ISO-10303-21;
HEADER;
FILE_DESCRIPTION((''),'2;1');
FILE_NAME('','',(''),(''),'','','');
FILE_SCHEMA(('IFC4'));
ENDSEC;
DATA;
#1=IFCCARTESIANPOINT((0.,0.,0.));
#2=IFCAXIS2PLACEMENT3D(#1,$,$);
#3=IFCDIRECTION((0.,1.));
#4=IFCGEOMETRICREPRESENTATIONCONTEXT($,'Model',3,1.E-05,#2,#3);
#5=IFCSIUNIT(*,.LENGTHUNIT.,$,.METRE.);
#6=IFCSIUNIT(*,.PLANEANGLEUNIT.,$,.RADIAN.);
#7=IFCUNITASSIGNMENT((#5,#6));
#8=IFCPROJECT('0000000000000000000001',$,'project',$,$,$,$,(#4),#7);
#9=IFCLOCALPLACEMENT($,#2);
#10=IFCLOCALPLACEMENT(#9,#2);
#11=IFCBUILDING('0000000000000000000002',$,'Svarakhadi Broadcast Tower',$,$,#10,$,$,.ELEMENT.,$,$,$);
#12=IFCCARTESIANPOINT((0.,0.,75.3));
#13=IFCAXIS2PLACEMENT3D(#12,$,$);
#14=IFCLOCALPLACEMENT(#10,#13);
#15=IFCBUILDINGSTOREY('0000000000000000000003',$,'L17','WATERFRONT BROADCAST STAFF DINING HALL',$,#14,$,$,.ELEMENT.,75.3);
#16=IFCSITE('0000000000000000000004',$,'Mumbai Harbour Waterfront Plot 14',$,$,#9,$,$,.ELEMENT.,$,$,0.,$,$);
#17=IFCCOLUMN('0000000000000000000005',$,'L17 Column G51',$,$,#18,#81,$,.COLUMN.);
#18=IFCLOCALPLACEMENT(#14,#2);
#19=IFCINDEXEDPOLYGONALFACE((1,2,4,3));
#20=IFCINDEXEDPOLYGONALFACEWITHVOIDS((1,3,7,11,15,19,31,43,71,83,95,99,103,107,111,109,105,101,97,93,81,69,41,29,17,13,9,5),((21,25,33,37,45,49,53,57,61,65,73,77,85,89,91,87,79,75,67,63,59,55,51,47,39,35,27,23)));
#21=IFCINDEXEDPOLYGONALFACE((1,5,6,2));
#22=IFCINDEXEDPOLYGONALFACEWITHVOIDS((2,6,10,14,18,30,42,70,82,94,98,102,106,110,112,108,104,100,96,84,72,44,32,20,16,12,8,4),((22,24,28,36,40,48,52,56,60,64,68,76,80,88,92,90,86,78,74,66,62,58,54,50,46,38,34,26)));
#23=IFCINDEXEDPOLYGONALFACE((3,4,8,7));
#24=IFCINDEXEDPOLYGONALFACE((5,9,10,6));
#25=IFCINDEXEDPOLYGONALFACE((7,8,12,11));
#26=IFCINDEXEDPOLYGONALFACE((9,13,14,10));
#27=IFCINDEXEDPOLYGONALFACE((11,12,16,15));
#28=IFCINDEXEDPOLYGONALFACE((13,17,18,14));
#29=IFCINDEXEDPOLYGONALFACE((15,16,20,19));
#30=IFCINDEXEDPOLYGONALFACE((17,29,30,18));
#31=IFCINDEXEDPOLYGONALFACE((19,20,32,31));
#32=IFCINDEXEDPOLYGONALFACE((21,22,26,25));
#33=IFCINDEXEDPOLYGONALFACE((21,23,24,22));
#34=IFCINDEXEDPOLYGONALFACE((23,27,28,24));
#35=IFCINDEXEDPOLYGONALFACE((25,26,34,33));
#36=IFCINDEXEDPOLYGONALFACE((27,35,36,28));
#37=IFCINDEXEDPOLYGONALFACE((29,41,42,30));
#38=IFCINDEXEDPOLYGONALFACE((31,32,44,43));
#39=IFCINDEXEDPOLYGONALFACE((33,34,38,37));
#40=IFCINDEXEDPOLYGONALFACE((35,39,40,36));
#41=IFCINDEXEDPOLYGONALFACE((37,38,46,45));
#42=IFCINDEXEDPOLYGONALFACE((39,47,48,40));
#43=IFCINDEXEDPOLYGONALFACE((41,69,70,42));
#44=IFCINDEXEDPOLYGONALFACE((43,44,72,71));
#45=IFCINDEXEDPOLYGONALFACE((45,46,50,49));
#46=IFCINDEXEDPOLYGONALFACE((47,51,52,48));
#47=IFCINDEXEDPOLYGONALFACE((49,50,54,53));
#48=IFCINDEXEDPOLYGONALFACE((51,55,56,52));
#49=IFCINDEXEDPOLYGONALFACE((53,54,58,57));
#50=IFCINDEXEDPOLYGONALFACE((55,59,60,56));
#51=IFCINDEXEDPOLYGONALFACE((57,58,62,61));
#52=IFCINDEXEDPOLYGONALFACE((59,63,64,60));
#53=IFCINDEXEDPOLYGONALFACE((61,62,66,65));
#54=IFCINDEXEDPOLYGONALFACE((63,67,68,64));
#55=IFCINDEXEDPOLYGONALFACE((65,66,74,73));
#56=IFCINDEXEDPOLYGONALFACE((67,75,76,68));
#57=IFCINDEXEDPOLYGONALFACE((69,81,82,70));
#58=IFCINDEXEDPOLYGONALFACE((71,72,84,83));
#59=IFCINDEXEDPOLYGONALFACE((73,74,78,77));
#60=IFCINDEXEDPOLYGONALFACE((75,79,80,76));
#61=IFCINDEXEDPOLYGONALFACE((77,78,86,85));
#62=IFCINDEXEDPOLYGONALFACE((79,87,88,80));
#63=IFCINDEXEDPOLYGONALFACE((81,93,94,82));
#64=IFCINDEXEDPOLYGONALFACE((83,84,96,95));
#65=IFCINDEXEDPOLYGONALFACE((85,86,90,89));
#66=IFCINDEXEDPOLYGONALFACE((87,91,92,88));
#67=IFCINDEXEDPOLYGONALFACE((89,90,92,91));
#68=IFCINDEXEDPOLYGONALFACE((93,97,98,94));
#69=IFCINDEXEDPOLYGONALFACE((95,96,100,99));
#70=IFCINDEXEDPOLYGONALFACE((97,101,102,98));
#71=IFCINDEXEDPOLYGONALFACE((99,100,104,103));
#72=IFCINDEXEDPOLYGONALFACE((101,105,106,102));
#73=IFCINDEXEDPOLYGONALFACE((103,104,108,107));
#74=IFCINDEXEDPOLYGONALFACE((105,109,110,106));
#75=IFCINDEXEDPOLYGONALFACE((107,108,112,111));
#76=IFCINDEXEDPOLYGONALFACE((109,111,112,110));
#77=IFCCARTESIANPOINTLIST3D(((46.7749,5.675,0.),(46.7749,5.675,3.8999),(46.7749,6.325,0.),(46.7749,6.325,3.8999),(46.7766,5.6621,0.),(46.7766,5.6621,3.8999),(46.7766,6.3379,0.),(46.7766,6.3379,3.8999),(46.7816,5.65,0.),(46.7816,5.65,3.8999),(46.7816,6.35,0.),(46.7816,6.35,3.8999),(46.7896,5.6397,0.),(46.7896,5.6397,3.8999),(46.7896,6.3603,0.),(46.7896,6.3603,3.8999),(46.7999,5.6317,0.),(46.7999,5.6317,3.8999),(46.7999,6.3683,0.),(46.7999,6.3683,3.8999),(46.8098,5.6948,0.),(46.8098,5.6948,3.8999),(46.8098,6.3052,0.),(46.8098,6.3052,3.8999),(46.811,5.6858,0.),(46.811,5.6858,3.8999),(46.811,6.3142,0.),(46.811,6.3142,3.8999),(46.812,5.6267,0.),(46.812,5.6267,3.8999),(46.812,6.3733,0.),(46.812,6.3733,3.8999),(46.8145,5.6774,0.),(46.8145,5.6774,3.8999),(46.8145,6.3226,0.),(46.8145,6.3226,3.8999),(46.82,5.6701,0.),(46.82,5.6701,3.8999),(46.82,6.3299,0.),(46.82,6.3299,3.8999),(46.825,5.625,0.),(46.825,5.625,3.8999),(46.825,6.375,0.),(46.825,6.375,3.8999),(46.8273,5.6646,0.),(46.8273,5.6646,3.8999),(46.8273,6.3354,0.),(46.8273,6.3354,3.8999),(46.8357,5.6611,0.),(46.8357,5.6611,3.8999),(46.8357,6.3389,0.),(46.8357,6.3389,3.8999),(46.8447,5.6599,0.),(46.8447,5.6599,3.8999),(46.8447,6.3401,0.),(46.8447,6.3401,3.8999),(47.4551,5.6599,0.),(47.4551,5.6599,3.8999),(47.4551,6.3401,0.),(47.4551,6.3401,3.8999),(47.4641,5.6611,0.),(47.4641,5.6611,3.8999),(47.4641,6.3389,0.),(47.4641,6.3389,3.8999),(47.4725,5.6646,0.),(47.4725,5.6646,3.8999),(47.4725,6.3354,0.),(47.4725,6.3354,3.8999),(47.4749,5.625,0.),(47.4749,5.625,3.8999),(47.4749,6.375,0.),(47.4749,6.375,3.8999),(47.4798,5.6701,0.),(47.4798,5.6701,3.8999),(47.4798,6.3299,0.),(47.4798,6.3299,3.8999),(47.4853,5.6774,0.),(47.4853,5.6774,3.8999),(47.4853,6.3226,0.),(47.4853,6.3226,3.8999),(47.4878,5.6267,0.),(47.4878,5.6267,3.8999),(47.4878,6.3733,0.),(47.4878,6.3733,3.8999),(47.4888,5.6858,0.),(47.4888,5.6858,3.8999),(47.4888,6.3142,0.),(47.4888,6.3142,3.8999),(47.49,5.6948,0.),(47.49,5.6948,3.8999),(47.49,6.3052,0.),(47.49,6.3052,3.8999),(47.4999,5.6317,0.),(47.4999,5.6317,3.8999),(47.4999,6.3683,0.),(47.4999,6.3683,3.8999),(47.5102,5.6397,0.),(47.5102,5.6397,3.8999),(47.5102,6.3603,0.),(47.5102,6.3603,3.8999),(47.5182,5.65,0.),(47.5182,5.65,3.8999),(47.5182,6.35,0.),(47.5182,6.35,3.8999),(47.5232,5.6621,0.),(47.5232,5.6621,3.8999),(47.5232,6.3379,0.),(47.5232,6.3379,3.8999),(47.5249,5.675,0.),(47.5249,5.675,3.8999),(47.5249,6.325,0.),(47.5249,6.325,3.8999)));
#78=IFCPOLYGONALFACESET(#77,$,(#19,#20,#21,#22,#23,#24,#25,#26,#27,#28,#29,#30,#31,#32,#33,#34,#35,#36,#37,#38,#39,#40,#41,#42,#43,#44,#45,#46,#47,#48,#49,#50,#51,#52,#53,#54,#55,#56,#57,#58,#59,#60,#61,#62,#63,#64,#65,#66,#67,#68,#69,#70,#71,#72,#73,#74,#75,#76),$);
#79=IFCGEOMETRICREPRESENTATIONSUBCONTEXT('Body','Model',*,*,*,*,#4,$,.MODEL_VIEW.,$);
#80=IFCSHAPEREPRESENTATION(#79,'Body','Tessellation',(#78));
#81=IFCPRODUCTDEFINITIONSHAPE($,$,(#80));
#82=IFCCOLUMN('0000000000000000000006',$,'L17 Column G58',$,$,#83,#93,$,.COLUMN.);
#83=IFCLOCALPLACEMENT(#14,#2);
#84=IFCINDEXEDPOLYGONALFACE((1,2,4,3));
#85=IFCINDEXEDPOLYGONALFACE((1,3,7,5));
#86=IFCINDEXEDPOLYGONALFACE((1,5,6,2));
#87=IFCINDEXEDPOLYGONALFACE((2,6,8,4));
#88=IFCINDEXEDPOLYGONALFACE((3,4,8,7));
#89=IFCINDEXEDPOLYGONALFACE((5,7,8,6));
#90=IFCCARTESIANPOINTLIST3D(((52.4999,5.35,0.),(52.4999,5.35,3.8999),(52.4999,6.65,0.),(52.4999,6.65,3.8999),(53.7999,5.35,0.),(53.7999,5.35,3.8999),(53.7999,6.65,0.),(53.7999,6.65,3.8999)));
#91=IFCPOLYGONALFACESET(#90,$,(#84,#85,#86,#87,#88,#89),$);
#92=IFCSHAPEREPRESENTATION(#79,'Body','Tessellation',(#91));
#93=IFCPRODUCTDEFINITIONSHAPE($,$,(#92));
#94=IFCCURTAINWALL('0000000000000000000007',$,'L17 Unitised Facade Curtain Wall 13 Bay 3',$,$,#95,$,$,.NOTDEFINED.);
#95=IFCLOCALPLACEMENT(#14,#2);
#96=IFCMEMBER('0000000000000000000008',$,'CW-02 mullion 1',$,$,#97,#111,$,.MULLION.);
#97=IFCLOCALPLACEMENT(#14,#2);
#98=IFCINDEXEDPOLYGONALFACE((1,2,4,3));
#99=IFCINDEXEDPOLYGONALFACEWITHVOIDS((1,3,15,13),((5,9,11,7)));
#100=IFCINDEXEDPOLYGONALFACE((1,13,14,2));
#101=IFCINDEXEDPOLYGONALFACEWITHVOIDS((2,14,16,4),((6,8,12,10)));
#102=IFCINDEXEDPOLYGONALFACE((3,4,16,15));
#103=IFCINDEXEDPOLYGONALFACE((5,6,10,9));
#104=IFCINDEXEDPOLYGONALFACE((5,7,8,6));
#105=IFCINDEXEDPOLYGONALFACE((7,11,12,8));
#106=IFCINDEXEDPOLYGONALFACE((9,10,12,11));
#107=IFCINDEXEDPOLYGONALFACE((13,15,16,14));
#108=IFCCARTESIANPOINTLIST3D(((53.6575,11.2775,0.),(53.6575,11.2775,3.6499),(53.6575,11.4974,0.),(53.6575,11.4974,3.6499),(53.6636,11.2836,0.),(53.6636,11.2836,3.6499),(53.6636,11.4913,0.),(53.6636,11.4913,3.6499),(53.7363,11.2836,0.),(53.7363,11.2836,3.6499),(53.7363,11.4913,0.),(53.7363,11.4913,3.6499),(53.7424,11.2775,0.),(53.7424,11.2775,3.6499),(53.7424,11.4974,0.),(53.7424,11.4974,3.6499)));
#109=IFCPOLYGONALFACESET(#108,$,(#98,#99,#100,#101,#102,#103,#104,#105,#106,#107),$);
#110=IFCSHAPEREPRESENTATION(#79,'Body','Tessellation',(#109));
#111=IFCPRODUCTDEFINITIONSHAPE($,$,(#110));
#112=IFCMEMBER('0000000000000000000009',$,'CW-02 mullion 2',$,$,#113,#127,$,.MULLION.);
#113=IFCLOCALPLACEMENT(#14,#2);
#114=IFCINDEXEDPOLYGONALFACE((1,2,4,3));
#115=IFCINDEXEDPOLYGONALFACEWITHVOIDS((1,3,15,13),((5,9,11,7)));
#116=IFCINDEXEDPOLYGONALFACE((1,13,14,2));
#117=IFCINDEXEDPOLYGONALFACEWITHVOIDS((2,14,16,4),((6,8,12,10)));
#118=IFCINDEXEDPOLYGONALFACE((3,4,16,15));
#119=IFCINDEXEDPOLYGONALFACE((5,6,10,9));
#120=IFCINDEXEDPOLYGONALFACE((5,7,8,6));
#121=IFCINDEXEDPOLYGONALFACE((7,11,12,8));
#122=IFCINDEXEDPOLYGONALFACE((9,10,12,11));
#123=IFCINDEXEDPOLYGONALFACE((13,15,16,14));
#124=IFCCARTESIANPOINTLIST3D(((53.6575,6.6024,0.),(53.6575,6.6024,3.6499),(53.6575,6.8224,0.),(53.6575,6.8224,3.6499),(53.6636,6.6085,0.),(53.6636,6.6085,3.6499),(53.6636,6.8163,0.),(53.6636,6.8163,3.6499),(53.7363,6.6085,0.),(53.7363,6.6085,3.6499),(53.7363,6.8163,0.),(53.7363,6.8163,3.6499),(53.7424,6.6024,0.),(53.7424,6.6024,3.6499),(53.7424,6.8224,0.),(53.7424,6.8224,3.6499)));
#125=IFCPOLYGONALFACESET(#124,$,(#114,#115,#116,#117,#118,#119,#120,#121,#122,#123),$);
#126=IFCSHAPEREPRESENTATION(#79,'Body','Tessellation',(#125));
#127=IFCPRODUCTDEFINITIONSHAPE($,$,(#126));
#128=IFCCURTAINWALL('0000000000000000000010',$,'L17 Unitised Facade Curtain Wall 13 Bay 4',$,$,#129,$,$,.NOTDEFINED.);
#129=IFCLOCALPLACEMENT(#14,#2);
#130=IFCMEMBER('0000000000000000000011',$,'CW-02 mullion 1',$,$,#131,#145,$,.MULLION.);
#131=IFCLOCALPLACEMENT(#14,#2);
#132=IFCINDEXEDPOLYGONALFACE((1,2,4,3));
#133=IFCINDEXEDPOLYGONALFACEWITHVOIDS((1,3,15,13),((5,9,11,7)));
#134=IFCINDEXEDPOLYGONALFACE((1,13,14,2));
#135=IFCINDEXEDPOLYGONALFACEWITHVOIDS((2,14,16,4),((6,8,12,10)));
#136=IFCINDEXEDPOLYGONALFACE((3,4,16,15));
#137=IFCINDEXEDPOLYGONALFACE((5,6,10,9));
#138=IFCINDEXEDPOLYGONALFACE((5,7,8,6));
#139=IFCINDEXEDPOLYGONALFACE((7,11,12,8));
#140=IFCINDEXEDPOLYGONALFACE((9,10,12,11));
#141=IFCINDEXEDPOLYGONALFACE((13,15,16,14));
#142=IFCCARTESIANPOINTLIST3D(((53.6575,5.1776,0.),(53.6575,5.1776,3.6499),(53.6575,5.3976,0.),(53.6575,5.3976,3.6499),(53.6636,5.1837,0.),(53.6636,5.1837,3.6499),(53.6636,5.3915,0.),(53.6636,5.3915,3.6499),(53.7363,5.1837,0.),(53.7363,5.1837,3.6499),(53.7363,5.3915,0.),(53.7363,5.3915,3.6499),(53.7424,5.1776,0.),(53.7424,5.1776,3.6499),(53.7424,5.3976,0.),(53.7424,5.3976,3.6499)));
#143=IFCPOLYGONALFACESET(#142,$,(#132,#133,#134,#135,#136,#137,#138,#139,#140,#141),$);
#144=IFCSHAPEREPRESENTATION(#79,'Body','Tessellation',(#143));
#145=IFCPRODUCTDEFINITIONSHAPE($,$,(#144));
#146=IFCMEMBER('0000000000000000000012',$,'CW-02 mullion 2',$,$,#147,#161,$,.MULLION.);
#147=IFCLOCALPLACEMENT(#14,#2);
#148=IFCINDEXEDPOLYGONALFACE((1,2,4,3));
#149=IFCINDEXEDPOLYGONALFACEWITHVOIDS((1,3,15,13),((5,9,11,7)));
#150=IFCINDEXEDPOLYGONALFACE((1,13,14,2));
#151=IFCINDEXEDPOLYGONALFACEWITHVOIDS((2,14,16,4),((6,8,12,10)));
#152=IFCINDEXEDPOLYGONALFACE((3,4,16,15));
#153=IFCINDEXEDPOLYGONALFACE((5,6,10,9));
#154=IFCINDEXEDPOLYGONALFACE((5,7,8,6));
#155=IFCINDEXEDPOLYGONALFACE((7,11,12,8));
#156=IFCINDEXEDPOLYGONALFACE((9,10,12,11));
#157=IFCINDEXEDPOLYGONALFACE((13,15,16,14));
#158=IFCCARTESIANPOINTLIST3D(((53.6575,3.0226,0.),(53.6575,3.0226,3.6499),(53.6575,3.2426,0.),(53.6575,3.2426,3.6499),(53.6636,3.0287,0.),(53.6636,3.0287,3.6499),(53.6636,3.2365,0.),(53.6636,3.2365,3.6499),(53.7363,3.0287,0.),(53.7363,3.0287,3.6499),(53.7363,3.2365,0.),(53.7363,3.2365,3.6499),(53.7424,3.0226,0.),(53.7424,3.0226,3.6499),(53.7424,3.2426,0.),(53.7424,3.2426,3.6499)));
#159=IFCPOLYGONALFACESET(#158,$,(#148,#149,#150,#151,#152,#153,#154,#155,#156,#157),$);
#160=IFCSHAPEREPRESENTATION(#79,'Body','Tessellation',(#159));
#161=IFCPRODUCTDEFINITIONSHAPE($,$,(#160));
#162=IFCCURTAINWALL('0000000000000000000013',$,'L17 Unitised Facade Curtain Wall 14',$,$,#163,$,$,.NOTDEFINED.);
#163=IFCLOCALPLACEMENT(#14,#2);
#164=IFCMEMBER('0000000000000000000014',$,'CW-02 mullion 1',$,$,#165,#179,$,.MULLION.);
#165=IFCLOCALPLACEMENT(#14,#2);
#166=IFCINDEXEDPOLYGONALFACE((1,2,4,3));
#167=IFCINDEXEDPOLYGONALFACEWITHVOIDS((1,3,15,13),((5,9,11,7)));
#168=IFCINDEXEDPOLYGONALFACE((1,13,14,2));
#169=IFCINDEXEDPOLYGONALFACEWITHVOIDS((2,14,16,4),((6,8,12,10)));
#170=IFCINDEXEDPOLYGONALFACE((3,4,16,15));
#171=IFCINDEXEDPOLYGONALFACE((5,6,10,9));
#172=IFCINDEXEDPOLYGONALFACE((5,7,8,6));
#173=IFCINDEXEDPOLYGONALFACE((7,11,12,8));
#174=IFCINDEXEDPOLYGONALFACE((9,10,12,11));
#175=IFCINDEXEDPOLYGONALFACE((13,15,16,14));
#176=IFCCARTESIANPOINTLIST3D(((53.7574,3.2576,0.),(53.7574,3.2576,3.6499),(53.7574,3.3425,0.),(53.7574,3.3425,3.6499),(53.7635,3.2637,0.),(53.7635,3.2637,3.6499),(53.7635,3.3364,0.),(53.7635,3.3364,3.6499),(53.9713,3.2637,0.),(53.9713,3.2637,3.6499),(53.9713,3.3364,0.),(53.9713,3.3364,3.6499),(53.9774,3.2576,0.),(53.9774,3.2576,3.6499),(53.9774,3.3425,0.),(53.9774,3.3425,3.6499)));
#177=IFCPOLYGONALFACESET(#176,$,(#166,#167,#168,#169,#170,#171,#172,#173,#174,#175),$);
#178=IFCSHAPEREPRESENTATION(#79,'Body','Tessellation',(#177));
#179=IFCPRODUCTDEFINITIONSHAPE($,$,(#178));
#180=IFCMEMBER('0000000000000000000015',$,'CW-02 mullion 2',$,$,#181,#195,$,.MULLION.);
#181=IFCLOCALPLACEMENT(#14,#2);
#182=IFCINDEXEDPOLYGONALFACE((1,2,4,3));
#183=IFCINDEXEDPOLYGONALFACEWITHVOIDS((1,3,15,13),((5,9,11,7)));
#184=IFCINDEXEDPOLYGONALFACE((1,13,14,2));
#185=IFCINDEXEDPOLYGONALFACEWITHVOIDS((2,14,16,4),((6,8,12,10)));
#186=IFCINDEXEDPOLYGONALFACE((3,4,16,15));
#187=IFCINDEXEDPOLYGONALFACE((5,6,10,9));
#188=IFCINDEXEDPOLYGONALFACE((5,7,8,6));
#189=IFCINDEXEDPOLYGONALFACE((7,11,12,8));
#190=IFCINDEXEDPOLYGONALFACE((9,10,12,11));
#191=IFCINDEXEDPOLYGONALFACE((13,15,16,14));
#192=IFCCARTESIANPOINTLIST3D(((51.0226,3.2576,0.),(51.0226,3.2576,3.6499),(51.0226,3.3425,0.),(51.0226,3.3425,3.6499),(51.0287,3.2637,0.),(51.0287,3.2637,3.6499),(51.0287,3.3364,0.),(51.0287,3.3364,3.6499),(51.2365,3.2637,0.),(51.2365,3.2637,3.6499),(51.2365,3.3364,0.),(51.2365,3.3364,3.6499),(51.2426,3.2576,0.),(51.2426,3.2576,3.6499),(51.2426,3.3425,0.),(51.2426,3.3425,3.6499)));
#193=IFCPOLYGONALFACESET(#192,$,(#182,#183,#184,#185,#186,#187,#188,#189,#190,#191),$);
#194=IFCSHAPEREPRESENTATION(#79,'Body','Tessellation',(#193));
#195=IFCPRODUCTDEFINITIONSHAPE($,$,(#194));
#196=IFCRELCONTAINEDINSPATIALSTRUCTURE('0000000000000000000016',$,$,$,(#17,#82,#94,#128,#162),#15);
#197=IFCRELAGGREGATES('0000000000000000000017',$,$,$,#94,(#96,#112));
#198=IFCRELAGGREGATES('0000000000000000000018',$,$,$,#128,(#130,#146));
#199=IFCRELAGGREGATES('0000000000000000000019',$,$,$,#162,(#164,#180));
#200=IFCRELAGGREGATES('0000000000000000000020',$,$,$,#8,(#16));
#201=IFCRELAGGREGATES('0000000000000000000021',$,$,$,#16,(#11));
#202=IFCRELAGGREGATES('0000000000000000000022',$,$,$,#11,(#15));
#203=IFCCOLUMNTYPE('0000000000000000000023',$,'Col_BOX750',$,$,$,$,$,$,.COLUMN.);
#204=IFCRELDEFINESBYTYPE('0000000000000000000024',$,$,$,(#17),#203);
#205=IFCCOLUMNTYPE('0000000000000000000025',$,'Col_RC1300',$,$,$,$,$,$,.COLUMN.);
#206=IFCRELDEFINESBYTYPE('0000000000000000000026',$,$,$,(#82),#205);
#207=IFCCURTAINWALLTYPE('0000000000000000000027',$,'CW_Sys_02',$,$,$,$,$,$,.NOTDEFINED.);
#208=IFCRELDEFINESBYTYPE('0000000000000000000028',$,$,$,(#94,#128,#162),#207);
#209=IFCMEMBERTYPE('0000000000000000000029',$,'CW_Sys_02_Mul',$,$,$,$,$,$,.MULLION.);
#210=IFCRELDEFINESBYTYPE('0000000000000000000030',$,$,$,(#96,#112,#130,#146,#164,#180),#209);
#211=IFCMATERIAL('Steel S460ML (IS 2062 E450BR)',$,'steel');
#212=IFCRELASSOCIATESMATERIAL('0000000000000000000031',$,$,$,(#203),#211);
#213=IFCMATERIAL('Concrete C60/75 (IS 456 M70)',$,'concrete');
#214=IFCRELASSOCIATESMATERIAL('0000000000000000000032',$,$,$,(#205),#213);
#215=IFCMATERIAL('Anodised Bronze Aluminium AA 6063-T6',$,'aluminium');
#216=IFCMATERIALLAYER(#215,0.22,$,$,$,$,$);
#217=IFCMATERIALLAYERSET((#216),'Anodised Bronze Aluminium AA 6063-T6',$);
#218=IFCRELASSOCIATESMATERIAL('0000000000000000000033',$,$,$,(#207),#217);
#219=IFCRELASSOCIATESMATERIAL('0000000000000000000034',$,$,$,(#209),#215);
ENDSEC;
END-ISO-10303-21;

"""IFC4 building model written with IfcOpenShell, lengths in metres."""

from ifc_helpers import new_model, si_unit, direction, frame, origin, origin_2d, place, context, subcontext, project, spatial, rectangle, hollow_rectangle, extrude, material, layer, layer_set, material_profile, profile_set, type_object, element, aggregate, save


model = new_model("IFC4")

# Units and contexts
model_context = context("Model", 3, precision=1e-05, world=origin(), true_north=direction((0.0, 1.0)))
body_context = subcontext(model_context, "Body", "Model", "MODEL_VIEW")
ifc_project = project(units=[si_unit("LENGTHUNIT", "METRE"), si_unit("PLANEANGLEUNIT", "RADIAN")], contexts=[model_context])

# Site, building, storey
site_placement = place(None, origin())
site = spatial("IfcSite", under=ifc_project, at=site_placement, Name="Mumbai Harbour Waterfront Plot 14", CompositionType="ELEMENT", RefElevation=0.0)
building_placement = place(site_placement, origin())
building = spatial("IfcBuilding", under=site, at=building_placement, Name="Svarakhadi Broadcast Tower", CompositionType="ELEMENT")
storey_placement = place(building_placement, frame((0.0, 0.0, 75.3)))
storey = spatial("IfcBuildingStorey", under=building, at=storey_placement, Name="L17", Description="WATERFRONT BROADCAST STAFF DINING HALL", CompositionType="ELEMENT", Elevation=75.3)

# Columns
ifc_material_1 = material(Name="Steel S460ML (IS 2062 E450BR)", Category="steel")
ifc_material_profile_1 = material_profile(ifc_material_1, hollow_rectangle(XDim=0.75, YDim=0.75, WallThickness=0.0349, InnerFilletRadius=0.0349, OuterFilletRadius=0.05, at=origin_2d()), Name="BOX 750x750x35")
ifc_profile_set_1 = profile_set([ifc_material_profile_1], Name="Steel S460ML (IS 2062 E450BR)")
column_type_1 = type_object("IfcColumnType", Name="Col_BOX750", PredefinedType="COLUMN", material=ifc_profile_set_1)
column_1_placement = place(storey_placement, frame((47.1499, 6.0, 0.0), z_axis=(0.0, 0.0, 1.0), x_axis=(1.0, 0.0, 0.0)))
element("IfcColumn", 1, at=column_1_placement, inside=storey, type_object=column_type_1, Name="L17 Column G51", PredefinedType="COLUMN", context=body_context, shape_type="SweptSolid", body=[
    extrude(hollow_rectangle(XDim=0.75, YDim=0.75, WallThickness=0.0349, InnerFilletRadius=0.0349, OuterFilletRadius=0.05, at=origin_2d()), origin(), (0.0, 0.0, 1.0), 3.8999),
])
ifc_material_2 = material(Name="Concrete C60/75 (IS 456 M70)", Category="concrete")
ifc_material_profile_2 = material_profile(ifc_material_2, rectangle(XDim=1.3, YDim=1.3, at=origin_2d()), Name="RC 1300x1300")
ifc_profile_set_2 = profile_set([ifc_material_profile_2], Name="Concrete C60/75 (IS 456 M70)")
column_type_2 = type_object("IfcColumnType", Name="Col_RC1300", PredefinedType="COLUMN", material=ifc_profile_set_2)
column_2_placement = place(storey_placement, frame((53.1499, 6.0, 0.0), z_axis=(0.0, 0.0, 1.0), x_axis=(1.0, 0.0, 0.0)))
element("IfcColumn", 2, at=column_2_placement, inside=storey, type_object=column_type_2, Name="L17 Column G58", PredefinedType="COLUMN", context=body_context, shape_type="SweptSolid", body=[
    extrude(rectangle(XDim=1.3, YDim=1.3, at=origin_2d()), origin(), (0.0, 0.0, 1.0), 3.8999),
])

# Curtain walls, members
ifc_material_3 = material(Name="Anodised Bronze Aluminium AA 6063-T6", Category="aluminium")
ifc_layer_1 = layer(ifc_material_3, 0.22)
ifc_layer_set_1 = layer_set([ifc_layer_1], Name="Anodised Bronze Aluminium AA 6063-T6")
curtain_wall_type = type_object("IfcCurtainWallType", Name="CW_Sys_02", PredefinedType="NOTDEFINED", material=ifc_layer_set_1)
curtain_wall_1_placement = place(storey_placement, origin())
curtain_wall_1 = element("IfcCurtainWall", 3, at=curtain_wall_1_placement, inside=storey, type_object=curtain_wall_type, Name="L17 Unitised Facade Curtain Wall 13 Bay 3", PredefinedType="NOTDEFINED")
ifc_material_profile_3 = material_profile(ifc_material_3, hollow_rectangle(XDim=0.085, YDim=0.22, WallThickness=0.0061, at=origin_2d()), Name="ALU MULLION 220x85x6")
ifc_profile_set_3 = profile_set([ifc_material_profile_3], Name="Anodised Bronze Aluminium AA 6063-T6")
member_type_1 = type_object("IfcMemberType", Name="CW_Sys_02_Mul", PredefinedType="MULLION", material=ifc_profile_set_3)
member_1_placement = place(storey_placement, frame((53.7, 11.3875, 0.0), z_axis=(0.0, 0.0, 1.0), x_axis=(1.0, 0.0, 0.0)))
member_1 = element("IfcMember", 4, at=member_1_placement, type_object=member_type_1, Name="CW-02 mullion 1", PredefinedType="MULLION", context=body_context, shape_type="SweptSolid", body=[
    extrude(hollow_rectangle(XDim=0.085, YDim=0.22, WallThickness=0.0061, at=origin_2d()), origin(), (0.0, 0.0, 1.0), 3.6499),
])
member_2_placement = place(storey_placement, frame((53.7, 6.7124, 0.0), z_axis=(0.0, 0.0, 1.0), x_axis=(1.0, 0.0, 0.0)))
member_2 = element("IfcMember", 5, at=member_2_placement, type_object=member_type_1, Name="CW-02 mullion 2", PredefinedType="MULLION", context=body_context, shape_type="SweptSolid", body=[
    extrude(hollow_rectangle(XDim=0.085, YDim=0.22, WallThickness=0.0061, at=origin_2d()), origin(), (0.0, 0.0, 1.0), 3.6499),
])
curtain_wall_2_placement = place(storey_placement, origin())
curtain_wall_2 = element("IfcCurtainWall", 6, at=curtain_wall_2_placement, inside=storey, type_object=curtain_wall_type, Name="L17 Unitised Facade Curtain Wall 13 Bay 4", PredefinedType="NOTDEFINED")
member_3_placement = place(storey_placement, frame((53.7, 5.2876, 0.0), z_axis=(0.0, 0.0, 1.0), x_axis=(1.0, 0.0, 0.0)))
member_3 = element("IfcMember", 7, at=member_3_placement, type_object=member_type_1, Name="CW-02 mullion 1", PredefinedType="MULLION", context=body_context, shape_type="SweptSolid", body=[
    extrude(hollow_rectangle(XDim=0.085, YDim=0.22, WallThickness=0.0061, at=origin_2d()), origin(), (0.0, 0.0, 1.0), 3.6499),
])
member_4_placement = place(storey_placement, frame((53.7, 3.1326, 0.0), z_axis=(0.0, 0.0, 1.0), x_axis=(1.0, 0.0, 0.0)))
member_4 = element("IfcMember", 8, at=member_4_placement, type_object=member_type_1, Name="CW-02 mullion 2", PredefinedType="MULLION", context=body_context, shape_type="SweptSolid", body=[
    extrude(hollow_rectangle(XDim=0.085, YDim=0.22, WallThickness=0.0061, at=origin_2d()), origin(), (0.0, 0.0, 1.0), 3.6499),
])
curtain_wall_3_placement = place(storey_placement, origin())
curtain_wall_3 = element("IfcCurtainWall", 9, at=curtain_wall_3_placement, inside=storey, type_object=curtain_wall_type, Name="L17 Unitised Facade Curtain Wall 14", PredefinedType="NOTDEFINED")
member_5_placement = place(storey_placement, frame((53.8674, 3.3, 0.0), z_axis=(0.0, 0.0, 1.0), x_axis=(0.0, -1.0, 0.0)))
member_5 = element("IfcMember", 10, at=member_5_placement, type_object=member_type_1, Name="CW-02 mullion 1", PredefinedType="MULLION", context=body_context, shape_type="SweptSolid", body=[
    extrude(hollow_rectangle(XDim=0.085, YDim=0.22, WallThickness=0.0061, at=origin_2d()), origin(), (0.0, 0.0, 1.0), 3.6499),
])
member_6_placement = place(storey_placement, frame((51.1326, 3.3, 0.0), z_axis=(0.0, 0.0, 1.0), x_axis=(0.0, -1.0, 0.0)))
member_6 = element("IfcMember", 11, at=member_6_placement, type_object=member_type_1, Name="CW-02 mullion 2", PredefinedType="MULLION", context=body_context, shape_type="SweptSolid", body=[
    extrude(hollow_rectangle(XDim=0.085, YDim=0.22, WallThickness=0.0061, at=origin_2d()), origin(), (0.0, 0.0, 1.0), 3.6499),
])

aggregate(curtain_wall_1, [member_1, member_2])
aggregate(curtain_wall_2, [member_3, member_4])
aggregate(curtain_wall_3, [member_5, member_6])

save(model, "model.ifc")
